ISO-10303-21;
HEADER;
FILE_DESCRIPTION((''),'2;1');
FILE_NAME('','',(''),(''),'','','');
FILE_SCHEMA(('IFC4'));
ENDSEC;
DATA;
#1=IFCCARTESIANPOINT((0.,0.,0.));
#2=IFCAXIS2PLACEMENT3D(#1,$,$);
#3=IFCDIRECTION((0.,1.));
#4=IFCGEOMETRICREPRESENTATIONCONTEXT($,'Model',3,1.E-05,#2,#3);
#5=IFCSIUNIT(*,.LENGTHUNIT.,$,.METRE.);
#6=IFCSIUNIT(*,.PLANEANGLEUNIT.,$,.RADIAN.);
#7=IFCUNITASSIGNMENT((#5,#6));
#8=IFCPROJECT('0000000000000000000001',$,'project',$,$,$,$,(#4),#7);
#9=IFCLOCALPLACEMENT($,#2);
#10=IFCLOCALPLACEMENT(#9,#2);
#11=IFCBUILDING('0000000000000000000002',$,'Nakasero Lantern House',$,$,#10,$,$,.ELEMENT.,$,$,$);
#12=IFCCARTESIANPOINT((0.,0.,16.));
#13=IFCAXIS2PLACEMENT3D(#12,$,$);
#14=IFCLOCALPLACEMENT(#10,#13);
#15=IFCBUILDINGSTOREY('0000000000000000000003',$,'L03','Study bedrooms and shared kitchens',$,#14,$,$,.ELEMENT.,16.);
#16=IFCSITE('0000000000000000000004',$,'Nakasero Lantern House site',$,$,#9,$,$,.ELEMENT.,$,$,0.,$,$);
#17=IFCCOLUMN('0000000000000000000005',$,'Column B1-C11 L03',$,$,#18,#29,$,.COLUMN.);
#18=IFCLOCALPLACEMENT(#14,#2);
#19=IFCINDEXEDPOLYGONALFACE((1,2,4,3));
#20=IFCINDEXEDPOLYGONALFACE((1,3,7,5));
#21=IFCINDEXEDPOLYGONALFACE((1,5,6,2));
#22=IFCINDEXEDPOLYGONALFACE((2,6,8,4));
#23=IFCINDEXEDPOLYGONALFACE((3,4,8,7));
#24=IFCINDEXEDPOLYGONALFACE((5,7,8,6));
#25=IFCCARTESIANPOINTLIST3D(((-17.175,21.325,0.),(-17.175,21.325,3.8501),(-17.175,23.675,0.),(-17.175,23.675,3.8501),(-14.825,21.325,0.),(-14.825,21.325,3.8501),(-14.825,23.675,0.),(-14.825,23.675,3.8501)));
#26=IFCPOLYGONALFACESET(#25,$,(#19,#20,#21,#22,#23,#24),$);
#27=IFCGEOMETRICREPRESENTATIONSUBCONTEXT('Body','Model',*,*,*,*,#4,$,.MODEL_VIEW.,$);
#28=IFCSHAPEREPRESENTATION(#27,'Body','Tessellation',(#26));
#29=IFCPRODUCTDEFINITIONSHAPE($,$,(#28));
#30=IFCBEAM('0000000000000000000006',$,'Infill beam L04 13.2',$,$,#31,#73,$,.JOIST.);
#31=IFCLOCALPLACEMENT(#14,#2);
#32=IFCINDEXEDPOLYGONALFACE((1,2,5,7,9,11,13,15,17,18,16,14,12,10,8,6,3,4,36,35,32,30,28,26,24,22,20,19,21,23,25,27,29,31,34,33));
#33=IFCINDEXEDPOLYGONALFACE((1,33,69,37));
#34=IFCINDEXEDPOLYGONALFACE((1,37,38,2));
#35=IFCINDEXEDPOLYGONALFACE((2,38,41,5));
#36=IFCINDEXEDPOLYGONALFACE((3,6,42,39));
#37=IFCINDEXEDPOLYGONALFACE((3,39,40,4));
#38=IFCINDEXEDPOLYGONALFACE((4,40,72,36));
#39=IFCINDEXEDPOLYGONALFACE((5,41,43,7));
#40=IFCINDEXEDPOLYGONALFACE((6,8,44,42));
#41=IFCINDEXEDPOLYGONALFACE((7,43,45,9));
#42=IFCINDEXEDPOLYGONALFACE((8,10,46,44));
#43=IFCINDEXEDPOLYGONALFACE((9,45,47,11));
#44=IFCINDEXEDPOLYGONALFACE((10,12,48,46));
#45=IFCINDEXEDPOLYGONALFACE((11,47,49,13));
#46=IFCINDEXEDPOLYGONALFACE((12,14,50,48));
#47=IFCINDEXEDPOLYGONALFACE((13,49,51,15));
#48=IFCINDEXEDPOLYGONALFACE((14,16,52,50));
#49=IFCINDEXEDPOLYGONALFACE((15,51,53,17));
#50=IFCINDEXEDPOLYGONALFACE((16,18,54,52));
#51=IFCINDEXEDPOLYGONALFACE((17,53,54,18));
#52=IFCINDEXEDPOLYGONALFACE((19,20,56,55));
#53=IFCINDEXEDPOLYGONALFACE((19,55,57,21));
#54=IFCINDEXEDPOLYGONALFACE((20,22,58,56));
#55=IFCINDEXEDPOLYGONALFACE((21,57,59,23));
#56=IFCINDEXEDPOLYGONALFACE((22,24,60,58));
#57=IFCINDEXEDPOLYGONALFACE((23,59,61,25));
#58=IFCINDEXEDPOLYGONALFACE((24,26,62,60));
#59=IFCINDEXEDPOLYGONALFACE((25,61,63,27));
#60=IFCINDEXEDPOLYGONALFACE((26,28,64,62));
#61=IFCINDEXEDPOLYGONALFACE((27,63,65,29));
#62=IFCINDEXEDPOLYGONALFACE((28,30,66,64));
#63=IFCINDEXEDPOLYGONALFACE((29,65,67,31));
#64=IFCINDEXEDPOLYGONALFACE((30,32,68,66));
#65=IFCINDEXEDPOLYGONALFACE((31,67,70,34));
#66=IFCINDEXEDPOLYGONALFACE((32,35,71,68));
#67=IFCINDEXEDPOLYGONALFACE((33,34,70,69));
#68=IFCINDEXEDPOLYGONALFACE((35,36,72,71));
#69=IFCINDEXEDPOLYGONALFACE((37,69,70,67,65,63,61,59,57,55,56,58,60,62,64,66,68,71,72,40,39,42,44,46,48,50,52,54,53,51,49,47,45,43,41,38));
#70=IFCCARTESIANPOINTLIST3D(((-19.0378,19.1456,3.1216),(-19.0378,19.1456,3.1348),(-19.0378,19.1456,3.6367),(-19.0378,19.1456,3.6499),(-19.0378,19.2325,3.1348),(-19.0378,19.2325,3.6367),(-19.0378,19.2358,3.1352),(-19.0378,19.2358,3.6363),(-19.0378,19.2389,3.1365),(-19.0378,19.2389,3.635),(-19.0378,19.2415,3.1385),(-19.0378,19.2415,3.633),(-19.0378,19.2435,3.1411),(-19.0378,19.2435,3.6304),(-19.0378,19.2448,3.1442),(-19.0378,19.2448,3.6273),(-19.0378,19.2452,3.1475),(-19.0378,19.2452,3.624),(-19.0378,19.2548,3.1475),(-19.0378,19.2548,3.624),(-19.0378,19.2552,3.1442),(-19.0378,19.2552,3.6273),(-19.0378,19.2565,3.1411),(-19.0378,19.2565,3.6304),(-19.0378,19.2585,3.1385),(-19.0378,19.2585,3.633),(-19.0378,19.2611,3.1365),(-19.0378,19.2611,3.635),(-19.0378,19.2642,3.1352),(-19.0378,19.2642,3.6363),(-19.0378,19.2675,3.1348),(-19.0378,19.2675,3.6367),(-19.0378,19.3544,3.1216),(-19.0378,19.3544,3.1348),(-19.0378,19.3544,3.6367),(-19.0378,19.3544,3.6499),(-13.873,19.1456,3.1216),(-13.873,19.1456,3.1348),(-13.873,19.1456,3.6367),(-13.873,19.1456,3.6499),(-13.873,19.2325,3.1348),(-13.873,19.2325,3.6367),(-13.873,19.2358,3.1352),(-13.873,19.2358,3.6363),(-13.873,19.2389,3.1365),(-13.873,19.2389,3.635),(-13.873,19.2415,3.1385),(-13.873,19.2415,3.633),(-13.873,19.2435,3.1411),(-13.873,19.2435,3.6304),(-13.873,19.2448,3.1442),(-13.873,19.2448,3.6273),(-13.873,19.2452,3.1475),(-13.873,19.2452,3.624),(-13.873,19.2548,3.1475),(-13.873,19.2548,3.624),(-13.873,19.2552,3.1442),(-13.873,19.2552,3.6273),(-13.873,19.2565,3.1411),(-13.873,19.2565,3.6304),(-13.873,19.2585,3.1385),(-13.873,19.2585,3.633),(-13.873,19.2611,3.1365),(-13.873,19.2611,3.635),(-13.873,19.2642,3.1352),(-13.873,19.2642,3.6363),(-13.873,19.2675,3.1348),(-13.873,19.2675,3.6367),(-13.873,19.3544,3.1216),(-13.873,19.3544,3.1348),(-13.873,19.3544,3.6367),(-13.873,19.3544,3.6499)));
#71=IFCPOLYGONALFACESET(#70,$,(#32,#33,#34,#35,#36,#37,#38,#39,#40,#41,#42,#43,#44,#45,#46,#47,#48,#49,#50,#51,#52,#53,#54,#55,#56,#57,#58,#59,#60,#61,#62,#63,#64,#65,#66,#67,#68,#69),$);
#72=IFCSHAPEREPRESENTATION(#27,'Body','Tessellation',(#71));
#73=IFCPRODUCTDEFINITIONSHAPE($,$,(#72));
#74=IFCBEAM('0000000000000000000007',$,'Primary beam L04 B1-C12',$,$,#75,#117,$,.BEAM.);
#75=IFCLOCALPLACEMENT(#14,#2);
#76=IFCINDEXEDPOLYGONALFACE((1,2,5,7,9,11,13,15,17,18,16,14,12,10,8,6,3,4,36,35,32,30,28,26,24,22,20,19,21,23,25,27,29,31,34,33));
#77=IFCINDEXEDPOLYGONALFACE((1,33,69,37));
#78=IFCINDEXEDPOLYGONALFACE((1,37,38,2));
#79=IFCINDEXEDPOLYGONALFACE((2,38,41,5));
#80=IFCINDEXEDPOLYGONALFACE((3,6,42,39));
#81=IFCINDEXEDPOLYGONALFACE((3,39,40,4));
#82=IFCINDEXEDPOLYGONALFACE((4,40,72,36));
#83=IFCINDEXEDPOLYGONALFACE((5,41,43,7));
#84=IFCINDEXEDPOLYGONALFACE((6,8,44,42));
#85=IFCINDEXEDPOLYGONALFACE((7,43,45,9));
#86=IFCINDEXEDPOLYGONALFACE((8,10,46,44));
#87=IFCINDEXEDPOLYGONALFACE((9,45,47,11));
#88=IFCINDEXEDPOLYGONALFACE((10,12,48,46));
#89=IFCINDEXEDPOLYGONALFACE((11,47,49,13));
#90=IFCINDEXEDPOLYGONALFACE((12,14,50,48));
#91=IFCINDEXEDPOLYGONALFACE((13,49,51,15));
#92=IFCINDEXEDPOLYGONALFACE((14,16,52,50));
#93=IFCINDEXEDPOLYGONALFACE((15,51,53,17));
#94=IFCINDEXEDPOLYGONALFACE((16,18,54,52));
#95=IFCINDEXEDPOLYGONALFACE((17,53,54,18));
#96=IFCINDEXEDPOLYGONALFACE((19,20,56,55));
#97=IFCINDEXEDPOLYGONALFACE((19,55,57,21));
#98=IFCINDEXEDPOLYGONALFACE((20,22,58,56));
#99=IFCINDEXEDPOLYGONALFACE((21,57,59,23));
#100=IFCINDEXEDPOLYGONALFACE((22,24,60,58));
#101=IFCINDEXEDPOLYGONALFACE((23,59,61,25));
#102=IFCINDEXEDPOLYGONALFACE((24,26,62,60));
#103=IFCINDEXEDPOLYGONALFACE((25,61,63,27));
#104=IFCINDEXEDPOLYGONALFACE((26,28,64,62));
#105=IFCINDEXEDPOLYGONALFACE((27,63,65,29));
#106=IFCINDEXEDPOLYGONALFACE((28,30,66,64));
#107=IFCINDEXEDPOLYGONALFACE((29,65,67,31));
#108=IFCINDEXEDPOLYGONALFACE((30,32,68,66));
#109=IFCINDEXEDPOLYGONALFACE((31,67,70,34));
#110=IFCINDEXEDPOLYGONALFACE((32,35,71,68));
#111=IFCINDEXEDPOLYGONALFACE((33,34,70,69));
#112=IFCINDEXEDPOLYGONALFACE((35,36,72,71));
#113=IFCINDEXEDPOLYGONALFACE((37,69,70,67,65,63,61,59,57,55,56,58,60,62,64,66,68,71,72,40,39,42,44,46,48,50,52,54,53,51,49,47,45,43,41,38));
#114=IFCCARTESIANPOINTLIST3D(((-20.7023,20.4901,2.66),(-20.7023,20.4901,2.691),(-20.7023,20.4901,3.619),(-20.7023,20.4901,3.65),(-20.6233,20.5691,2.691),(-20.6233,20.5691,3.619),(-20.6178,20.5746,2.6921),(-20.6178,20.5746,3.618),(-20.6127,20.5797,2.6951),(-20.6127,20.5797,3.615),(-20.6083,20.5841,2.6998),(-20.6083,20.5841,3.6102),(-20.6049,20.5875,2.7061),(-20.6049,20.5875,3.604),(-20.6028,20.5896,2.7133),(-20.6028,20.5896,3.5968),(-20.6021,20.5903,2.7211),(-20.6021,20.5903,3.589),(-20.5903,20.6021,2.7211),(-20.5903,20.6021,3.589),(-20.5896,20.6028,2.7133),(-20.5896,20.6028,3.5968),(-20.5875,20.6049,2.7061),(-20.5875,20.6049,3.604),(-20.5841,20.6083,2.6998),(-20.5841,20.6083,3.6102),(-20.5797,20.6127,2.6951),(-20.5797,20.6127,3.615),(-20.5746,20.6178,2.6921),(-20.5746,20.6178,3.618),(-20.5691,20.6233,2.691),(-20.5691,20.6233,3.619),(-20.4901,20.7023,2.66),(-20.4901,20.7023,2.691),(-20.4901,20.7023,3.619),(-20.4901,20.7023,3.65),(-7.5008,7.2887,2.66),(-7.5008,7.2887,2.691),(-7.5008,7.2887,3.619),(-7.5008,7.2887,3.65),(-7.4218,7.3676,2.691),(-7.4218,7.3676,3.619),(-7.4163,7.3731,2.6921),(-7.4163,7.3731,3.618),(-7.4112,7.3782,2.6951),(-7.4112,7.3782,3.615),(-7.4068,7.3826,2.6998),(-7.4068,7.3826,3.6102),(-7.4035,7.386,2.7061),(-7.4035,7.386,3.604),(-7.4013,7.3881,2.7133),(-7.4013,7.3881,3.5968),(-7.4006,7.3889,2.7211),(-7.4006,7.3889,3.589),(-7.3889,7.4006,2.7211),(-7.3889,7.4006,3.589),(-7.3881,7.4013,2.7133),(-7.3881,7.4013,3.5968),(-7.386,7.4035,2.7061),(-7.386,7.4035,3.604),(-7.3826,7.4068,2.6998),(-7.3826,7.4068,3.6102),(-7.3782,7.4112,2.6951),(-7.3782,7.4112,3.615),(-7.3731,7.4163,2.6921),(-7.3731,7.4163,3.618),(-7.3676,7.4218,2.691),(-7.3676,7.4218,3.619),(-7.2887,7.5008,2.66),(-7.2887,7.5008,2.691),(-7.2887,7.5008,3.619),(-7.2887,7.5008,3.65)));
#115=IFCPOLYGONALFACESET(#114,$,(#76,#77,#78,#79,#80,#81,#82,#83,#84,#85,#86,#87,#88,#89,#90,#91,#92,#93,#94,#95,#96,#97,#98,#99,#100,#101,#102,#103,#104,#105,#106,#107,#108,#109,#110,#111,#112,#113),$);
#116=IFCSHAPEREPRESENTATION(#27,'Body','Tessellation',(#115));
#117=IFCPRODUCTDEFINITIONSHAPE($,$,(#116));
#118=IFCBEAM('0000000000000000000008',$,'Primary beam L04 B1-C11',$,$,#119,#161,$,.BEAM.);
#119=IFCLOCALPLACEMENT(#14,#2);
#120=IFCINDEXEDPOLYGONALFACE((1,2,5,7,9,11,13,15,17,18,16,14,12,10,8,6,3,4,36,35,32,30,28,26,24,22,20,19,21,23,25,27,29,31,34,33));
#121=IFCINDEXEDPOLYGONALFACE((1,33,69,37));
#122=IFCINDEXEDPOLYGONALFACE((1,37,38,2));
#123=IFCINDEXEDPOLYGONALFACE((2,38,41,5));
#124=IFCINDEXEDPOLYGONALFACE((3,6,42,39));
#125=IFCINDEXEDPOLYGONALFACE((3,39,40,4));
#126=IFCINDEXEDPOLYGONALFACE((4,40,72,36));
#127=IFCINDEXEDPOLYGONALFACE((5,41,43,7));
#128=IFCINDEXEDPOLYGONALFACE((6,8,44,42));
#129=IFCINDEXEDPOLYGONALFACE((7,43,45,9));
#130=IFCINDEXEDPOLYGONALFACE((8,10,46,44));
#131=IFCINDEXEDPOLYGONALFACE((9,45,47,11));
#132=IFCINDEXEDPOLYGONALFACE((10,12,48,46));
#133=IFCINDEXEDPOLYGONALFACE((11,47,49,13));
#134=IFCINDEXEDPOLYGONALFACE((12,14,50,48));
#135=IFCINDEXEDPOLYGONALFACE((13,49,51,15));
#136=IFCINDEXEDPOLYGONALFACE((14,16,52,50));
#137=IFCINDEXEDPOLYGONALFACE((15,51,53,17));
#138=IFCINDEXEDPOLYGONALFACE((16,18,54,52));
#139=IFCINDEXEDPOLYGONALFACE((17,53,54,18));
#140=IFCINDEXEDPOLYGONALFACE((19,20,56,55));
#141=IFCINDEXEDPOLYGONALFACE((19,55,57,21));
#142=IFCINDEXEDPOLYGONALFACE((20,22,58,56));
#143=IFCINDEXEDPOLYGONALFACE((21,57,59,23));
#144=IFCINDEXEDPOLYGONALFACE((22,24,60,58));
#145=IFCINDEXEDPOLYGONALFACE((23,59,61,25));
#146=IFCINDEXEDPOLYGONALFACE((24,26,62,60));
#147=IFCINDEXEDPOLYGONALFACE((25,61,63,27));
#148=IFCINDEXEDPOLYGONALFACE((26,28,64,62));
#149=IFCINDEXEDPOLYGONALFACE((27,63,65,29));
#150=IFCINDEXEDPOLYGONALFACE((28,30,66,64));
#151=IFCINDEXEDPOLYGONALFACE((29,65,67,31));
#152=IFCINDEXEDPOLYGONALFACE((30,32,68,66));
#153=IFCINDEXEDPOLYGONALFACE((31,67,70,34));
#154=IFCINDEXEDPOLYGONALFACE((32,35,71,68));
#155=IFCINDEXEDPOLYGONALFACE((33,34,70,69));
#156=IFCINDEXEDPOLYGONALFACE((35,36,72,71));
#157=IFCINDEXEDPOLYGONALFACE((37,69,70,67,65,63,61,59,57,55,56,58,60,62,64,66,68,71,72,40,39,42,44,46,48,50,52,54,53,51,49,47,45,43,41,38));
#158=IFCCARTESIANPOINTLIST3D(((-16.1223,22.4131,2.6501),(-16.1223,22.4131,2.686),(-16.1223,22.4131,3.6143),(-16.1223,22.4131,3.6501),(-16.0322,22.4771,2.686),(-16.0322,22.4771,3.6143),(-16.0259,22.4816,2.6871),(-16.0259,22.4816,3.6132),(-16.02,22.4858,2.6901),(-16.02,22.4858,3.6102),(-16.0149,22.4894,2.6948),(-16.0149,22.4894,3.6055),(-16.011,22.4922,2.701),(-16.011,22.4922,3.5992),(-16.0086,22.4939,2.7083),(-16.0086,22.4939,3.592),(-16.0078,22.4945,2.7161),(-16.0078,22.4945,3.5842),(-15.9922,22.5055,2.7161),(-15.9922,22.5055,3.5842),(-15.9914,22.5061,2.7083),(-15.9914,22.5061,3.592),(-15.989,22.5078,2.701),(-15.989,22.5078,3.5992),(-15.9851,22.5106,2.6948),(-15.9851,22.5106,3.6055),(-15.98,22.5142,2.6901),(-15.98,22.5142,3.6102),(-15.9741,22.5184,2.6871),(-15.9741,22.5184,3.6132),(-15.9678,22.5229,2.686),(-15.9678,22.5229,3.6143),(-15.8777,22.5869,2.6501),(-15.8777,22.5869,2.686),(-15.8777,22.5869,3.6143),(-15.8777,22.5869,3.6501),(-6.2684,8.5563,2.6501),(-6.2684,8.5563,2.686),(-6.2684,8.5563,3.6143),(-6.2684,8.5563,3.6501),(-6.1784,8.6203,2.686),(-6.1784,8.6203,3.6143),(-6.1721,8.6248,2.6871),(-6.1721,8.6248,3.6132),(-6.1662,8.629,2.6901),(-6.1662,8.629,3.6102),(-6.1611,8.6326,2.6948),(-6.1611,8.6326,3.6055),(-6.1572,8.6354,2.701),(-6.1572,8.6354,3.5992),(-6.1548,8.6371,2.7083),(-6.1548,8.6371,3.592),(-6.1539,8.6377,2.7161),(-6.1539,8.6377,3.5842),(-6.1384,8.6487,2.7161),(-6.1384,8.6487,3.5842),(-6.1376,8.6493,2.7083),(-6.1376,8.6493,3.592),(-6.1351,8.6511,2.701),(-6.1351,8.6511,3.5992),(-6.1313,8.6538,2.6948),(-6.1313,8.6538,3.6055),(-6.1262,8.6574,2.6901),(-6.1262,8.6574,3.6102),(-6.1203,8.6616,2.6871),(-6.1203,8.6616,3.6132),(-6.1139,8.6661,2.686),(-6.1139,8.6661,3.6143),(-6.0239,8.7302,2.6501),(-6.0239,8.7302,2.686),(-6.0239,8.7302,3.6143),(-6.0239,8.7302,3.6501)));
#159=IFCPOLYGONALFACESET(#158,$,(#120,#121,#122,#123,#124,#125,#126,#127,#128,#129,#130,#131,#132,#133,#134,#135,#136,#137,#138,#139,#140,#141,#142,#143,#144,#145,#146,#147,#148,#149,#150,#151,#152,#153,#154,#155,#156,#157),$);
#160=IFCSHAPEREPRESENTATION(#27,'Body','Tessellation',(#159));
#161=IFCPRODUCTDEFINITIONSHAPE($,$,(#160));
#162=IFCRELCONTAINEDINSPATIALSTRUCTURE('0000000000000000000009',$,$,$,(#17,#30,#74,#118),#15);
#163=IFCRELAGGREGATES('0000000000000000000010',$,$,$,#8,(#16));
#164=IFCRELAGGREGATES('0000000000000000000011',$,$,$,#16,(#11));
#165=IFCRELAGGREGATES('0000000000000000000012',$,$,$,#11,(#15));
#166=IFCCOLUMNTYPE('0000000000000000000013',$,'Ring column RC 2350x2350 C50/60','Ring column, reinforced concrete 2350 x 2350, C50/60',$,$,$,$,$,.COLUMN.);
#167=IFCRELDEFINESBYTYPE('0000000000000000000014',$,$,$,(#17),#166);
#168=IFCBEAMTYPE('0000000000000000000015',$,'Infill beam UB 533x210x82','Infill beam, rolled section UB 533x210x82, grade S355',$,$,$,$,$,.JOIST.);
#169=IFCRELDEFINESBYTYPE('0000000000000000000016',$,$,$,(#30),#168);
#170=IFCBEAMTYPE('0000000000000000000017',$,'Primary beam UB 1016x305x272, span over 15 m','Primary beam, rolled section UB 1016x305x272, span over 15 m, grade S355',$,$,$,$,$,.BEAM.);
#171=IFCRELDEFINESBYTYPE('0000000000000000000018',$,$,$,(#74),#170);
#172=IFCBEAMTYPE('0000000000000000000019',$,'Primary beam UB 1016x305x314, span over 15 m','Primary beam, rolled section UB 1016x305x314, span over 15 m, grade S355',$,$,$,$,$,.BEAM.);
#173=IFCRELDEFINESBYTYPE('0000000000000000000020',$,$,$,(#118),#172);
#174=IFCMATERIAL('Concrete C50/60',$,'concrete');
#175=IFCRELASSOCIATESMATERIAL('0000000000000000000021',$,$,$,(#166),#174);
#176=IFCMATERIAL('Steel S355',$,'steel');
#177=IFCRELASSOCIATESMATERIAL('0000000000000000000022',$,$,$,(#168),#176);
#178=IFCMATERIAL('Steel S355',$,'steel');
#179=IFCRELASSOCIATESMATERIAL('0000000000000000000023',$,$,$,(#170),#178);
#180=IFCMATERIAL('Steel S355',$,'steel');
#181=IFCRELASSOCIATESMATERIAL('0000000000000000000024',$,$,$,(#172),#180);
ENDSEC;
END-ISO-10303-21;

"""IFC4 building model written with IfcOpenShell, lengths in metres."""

from ifc_helpers import new_model, si_unit, direction, frame, origin, origin_2d, place, context, subcontext, project, spatial, rectangle, i_section, extrude, material, material_profile, profile_set, type_object, element, save


model = new_model("IFC4")

# Units and contexts
model_context = context("Model", 3, precision=1e-05, world=origin(), true_north=direction((0.0, 1.0)))
body_context = subcontext(model_context, "Body", "Model", "MODEL_VIEW")
ifc_project = project(units=[si_unit("LENGTHUNIT", "METRE"), si_unit("PLANEANGLEUNIT", "RADIAN")], contexts=[model_context])

# Site, building, storey
site_placement = place(None, origin())
site = spatial("IfcSite", under=ifc_project, at=site_placement, Name="Nakasero Lantern House site", CompositionType="ELEMENT", RefElevation=0.0)
building_placement = place(site_placement, origin())
building = spatial("IfcBuilding", under=site, at=building_placement, Name="Nakasero Lantern House", CompositionType="ELEMENT")
storey_placement = place(building_placement, frame((0.0, 0.0, 16.0)))
storey = spatial("IfcBuildingStorey", under=building, at=storey_placement, Name="L03", Description="Study bedrooms and shared kitchens", CompositionType="ELEMENT", Elevation=16.0)

# Column
ifc_material_1 = material(Name="Concrete C50/60", Category="concrete")
ifc_material_profile_1 = material_profile(ifc_material_1, rectangle(XDim=2.3501, YDim=2.3501, at=origin_2d()), Name="RC 2350x2350")
ifc_profile_set_1 = profile_set([ifc_material_profile_1], Name="Concrete C50/60")
column_type = type_object("IfcColumnType", Name="Ring column RC 2350x2350 C50/60", Description="Ring column, reinforced concrete 2350 x 2350, C50/60", PredefinedType="COLUMN", material=ifc_profile_set_1)
column_placement = place(storey_placement, frame((-16.0, 22.5, 0.0), z_axis=(0.0, 0.0, 1.0), x_axis=(1.0, 0.0, 0.0)))
element("IfcColumn", 1, at=column_placement, inside=storey, type_object=column_type, Name="Column B1-C11 L03", PredefinedType="COLUMN", context=body_context, shape_type="SweptSolid", body=[
    extrude(rectangle(XDim=2.3501, YDim=2.3501, at=origin_2d()), origin(), (0.0, 0.0, 1.0), 3.8501),
])

# Beams
ifc_material_2 = material(Name="Steel S355", Category="steel")
ifc_material_profile_2 = material_profile(ifc_material_2, i_section(OverallWidth=0.2087, OverallDepth=0.5283, WebThickness=0.0095, FlangeThickness=0.0132, FilletRadius=0.0127, at=origin_2d()), Name="UB 533x210x82")
ifc_profile_set_2 = profile_set([ifc_material_profile_2], Name="Steel S355")
beam_type_1 = type_object("IfcBeamType", Name="Infill beam UB 533x210x82", Description="Infill beam, rolled section UB 533x210x82, grade S355", PredefinedType="JOIST", material=ifc_profile_set_2)
beam_1_placement = place(storey_placement, frame((-19.0378, 19.25, 3.3857), z_axis=(1.0, 0.0, 0.0), x_axis=(0.0, 1.0, 0.0)))
element("IfcBeam", 2, at=beam_1_placement, inside=storey, type_object=beam_type_1, Name="Infill beam L04 13.2", PredefinedType="JOIST", context=body_context, shape_type="SweptSolid", body=[
    extrude(i_section(OverallWidth=0.2087, OverallDepth=0.5283, WebThickness=0.0095, FlangeThickness=0.0132, FilletRadius=0.0127, at=origin_2d()), origin(), (0.0, 0.0, 1.0), 5.1648),
])
ifc_material_3 = material(Name="Steel S355", Category="steel")
ifc_material_profile_3 = material_profile(ifc_material_3, i_section(OverallWidth=0.3, OverallDepth=0.99, WebThickness=0.0166, FlangeThickness=0.031, FilletRadius=0.03, at=origin_2d()), Name="UB 1016x305x272")
ifc_profile_set_3 = profile_set([ifc_material_profile_3], Name="Steel S355")
beam_type_2 = type_object("IfcBeamType", Name="Primary beam UB 1016x305x272, span over 15 m", Description="Primary beam, rolled section UB 1016x305x272, span over 15 m, grade S355", PredefinedType="BEAM", material=ifc_profile_set_3)
beam_2_placement = place(storey_placement, frame((-20.5962, 20.5962, 3.155), z_axis=(0.707107, -0.707107, 0.0), x_axis=(0.707107, 0.707107, 0.0)))
element("IfcBeam", 3, at=beam_2_placement, inside=storey, type_object=beam_type_2, Name="Primary beam L04 B1-C12", PredefinedType="BEAM", context=body_context, shape_type="SweptSolid", body=[
    extrude(i_section(OverallWidth=0.3, OverallDepth=0.99, WebThickness=0.0166, FlangeThickness=0.031, FilletRadius=0.03, at=origin_2d()), origin(), (0.0, 0.0, 1.0), 18.6697),
])
ifc_material_4 = material(Name="Steel S355", Category="steel")
ifc_material_profile_4 = material_profile(ifc_material_4, i_section(OverallWidth=0.3, OverallDepth=1.0, WebThickness=0.019, FlangeThickness=0.0359, FilletRadius=0.03, at=origin_2d()), Name="UB 1016x305x314")
ifc_profile_set_4 = profile_set([ifc_material_profile_4], Name="Steel S355")
beam_type_3 = type_object("IfcBeamType", Name="Primary beam UB 1016x305x314, span over 15 m", Description="Primary beam, rolled section UB 1016x305x314, span over 15 m, grade S355", PredefinedType="BEAM", material=ifc_profile_set_4)
beam_3_placement = place(storey_placement, frame((-16.0, 22.5, 3.1501), z_axis=(0.579528, -0.814952, 0.0), x_axis=(0.814952, 0.579528, 0.0)))
element("IfcBeam", 4, at=beam_3_placement, inside=storey, type_object=beam_type_3, Name="Primary beam L04 B1-C11", PredefinedType="BEAM", context=body_context, shape_type="SweptSolid", body=[
    extrude(i_section(OverallWidth=0.3, OverallDepth=1.0, WebThickness=0.019, FlangeThickness=0.0359, FilletRadius=0.03, at=origin_2d()), origin(), (0.0, 0.0, 1.0), 17.0032),
])

save(model, "model.ifc")
